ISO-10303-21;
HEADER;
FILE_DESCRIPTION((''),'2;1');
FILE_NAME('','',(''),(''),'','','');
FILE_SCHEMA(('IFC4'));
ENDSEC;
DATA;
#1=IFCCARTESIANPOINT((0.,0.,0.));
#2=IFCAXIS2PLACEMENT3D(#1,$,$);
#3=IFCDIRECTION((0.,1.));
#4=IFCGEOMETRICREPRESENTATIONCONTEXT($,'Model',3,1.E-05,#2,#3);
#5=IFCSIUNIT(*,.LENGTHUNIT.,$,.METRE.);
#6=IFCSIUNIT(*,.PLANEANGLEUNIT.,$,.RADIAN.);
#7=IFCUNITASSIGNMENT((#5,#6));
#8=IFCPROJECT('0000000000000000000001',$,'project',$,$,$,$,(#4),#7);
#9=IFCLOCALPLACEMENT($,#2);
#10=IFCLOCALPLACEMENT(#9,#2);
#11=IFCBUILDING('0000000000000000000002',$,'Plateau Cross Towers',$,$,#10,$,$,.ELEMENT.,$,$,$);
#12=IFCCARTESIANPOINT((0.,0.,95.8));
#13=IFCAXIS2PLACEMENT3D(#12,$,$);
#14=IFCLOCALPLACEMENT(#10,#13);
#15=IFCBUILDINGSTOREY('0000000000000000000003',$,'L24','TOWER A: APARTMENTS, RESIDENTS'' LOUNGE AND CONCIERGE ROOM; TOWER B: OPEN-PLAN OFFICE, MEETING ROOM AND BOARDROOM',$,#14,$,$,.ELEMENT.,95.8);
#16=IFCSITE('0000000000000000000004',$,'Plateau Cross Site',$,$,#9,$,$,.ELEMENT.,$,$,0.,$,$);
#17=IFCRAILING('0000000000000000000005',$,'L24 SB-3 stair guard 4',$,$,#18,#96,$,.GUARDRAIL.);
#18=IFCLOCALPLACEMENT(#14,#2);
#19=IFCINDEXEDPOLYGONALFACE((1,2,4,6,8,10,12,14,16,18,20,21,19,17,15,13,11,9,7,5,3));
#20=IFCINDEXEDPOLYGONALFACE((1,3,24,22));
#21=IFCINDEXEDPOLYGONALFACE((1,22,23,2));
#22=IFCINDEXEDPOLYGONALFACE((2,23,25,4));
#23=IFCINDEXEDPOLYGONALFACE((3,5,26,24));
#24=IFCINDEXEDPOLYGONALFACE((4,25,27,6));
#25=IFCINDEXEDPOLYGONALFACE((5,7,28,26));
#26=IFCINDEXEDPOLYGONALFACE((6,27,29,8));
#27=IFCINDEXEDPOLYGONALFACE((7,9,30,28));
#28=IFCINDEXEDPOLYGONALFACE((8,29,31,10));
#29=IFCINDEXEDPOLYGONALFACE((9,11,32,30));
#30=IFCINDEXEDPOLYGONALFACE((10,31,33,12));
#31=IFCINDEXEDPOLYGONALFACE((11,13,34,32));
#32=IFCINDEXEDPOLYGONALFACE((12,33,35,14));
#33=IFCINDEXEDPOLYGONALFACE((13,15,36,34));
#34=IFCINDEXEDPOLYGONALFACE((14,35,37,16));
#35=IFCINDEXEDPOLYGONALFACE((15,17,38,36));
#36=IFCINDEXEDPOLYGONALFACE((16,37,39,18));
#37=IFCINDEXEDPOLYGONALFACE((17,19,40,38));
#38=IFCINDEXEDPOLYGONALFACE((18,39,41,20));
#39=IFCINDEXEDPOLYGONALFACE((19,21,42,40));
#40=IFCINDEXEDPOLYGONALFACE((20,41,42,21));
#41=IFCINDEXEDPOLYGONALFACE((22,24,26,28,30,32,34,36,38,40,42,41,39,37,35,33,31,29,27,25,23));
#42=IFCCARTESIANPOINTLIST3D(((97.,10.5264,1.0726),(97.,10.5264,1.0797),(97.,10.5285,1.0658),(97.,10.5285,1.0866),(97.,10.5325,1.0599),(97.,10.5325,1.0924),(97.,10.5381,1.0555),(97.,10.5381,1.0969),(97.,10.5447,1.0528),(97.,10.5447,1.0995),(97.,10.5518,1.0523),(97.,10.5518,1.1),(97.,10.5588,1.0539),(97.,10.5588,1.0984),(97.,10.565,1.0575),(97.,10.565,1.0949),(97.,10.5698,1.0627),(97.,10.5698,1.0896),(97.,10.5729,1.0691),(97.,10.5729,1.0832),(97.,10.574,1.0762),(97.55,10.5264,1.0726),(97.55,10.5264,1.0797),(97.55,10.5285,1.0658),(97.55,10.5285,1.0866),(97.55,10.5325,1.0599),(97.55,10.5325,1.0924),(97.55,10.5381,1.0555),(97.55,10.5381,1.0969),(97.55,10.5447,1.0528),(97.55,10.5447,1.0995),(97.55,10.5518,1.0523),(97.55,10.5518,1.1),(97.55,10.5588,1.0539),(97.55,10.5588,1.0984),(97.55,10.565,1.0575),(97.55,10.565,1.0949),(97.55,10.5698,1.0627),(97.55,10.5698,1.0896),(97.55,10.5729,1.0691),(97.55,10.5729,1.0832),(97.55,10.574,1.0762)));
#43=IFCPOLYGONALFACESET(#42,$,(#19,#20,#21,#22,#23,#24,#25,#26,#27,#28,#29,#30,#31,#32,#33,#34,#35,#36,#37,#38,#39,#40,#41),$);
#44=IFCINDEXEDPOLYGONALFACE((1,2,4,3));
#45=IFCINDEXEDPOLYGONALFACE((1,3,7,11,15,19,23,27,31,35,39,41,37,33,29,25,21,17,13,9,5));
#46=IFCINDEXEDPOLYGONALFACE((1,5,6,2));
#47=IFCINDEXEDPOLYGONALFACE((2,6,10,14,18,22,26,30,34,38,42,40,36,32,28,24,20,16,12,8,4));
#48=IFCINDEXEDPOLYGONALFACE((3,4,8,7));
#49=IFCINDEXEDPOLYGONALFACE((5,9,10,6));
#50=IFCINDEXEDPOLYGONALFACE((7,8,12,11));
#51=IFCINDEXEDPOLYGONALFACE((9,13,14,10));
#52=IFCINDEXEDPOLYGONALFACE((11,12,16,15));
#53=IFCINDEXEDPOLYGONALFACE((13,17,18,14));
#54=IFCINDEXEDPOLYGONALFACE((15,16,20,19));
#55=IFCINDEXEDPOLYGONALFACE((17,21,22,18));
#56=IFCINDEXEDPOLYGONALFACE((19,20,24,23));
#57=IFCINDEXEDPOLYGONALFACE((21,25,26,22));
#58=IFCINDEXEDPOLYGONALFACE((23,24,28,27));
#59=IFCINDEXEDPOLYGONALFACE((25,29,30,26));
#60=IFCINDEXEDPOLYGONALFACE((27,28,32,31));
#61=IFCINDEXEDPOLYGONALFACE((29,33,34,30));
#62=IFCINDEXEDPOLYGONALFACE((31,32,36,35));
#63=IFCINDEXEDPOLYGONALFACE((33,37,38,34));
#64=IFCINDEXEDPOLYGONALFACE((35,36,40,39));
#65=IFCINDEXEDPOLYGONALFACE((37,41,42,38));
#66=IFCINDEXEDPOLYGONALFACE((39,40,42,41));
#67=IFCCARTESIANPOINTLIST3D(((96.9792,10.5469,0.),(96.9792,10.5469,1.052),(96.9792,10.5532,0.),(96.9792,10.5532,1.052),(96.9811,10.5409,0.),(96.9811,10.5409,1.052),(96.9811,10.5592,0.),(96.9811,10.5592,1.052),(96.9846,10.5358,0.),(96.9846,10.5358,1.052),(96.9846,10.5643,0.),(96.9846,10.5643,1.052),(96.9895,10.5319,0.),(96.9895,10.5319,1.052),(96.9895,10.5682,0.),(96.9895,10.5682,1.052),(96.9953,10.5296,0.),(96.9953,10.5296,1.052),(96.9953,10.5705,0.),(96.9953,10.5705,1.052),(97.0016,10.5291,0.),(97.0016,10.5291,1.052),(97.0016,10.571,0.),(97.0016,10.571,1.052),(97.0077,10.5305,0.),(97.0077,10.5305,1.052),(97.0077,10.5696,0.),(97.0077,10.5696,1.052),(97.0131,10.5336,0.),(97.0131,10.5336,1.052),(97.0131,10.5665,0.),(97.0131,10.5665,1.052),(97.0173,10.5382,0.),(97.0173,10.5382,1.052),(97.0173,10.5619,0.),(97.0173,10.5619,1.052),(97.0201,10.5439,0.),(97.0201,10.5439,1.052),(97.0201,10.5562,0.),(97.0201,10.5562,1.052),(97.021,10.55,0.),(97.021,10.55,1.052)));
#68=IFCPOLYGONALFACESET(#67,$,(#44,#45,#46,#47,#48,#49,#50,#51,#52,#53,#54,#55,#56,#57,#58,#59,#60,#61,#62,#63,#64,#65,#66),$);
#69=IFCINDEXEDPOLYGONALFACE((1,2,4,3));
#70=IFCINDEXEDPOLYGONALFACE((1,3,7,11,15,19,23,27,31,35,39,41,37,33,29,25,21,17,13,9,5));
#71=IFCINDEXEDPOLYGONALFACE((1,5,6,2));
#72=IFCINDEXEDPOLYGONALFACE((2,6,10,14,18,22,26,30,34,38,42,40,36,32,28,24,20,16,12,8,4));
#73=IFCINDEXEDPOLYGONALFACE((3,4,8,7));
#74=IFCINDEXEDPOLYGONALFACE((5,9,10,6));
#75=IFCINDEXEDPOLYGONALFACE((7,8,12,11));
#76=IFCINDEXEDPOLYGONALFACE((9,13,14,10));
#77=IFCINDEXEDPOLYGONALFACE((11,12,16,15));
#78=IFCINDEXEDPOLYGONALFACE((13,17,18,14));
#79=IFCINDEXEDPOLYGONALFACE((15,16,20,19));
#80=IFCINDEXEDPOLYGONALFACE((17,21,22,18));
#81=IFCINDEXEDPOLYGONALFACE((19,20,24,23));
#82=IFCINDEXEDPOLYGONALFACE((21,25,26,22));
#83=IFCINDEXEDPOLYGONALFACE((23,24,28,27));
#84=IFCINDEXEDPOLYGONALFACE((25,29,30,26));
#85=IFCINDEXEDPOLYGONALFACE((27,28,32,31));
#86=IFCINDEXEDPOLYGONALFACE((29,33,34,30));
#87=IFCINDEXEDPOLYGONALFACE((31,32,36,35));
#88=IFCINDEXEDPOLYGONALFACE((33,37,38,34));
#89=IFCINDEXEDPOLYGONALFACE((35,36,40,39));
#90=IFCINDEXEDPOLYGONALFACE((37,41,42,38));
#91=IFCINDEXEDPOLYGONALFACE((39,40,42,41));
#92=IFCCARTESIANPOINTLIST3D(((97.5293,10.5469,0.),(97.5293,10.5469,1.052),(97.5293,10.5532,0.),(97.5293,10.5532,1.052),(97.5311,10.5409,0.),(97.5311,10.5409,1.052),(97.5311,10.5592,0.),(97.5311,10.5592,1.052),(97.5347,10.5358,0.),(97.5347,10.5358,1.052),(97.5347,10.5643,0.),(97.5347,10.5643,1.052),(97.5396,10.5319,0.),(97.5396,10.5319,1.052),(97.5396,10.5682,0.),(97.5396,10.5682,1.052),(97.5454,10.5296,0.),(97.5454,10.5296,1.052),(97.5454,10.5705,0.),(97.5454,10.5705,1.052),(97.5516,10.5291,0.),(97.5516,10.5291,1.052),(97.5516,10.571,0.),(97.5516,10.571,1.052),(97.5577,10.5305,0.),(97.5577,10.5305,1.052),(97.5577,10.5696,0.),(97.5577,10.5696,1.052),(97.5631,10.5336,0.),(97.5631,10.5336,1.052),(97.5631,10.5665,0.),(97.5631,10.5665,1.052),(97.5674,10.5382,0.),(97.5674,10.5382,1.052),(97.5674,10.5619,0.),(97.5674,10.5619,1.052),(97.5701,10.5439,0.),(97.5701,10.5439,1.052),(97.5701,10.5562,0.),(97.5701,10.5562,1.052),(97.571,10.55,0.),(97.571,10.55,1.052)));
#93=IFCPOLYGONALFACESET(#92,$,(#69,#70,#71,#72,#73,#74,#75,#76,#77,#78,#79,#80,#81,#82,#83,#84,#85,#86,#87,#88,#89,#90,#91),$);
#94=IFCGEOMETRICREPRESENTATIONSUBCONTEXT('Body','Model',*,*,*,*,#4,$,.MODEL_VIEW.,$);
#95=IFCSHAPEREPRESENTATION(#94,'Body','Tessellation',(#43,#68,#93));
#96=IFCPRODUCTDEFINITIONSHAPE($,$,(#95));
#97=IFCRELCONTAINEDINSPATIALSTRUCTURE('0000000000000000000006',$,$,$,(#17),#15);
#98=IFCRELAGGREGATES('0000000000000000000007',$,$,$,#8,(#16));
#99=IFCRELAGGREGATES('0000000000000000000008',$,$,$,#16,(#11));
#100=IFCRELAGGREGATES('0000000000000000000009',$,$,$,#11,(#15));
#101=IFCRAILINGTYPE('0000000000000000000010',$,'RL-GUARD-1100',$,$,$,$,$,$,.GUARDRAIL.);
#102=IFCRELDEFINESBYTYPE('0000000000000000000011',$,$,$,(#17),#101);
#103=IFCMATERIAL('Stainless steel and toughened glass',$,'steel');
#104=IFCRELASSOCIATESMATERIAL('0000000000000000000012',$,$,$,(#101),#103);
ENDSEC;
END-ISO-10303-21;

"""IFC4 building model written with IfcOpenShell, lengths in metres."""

from ifc_helpers import new_model, si_unit, direction, frame, origin, origin_2d, place, context, subcontext, project, spatial, circle, extrude, material, type_object, element, save


model = new_model("IFC4")

# Units and contexts
model_context = context("Model", 3, precision=1e-05, world=origin(), true_north=direction((0.0, 1.0)))
body_context = subcontext(model_context, "Body", "Model", "MODEL_VIEW")
ifc_project = project(units=[si_unit("LENGTHUNIT", "METRE"), si_unit("PLANEANGLEUNIT", "RADIAN")], contexts=[model_context])

# Site, building, storey
site_placement = place(None, origin())
site = spatial("IfcSite", under=ifc_project, at=site_placement, Name="Plateau Cross Site", CompositionType="ELEMENT", RefElevation=0.0)
building_placement = place(site_placement, origin())
building = spatial("IfcBuilding", under=site, at=building_placement, Name="Plateau Cross Towers", CompositionType="ELEMENT")
storey_placement = place(building_placement, frame((0.0, 0.0, 95.8)))
storey = spatial("IfcBuildingStorey", under=building, at=storey_placement, Name="L24", Description="TOWER A: APARTMENTS, RESIDENTS' LOUNGE AND CONCIERGE ROOM; TOWER B: OPEN-PLAN OFFICE, MEETING ROOM AND BOARDROOM", CompositionType="ELEMENT", Elevation=95.8)

# Railing
ifc_material_1 = material(Name="Stainless steel and toughened glass", Category="steel")
railing_type_1 = type_object("IfcRailingType", Name="RL-GUARD-1100", PredefinedType="GUARDRAIL", material=ifc_material_1)
railing_1_placement = place(storey_placement, frame((97.0, 10.55, 0.0)))
element("IfcRailing", 1, at=railing_1_placement, inside=storey, type_object=railing_type_1, Name="L24 SB-3 stair guard 4", PredefinedType="GUARDRAIL", context=body_context, shape_type="SweptSolid", body=[
    extrude(circle(Radius=0.0239, at=origin_2d()), frame((0.0, 0.0, 1.0762), z_axis=(1.0, 0.0, 0.0), x_axis=(0.0, 1.0, 0.0)), (0.0, 0.0, 1.0), 0.55),
    extrude(circle(Radius=0.021, at=origin_2d()), origin(), (0.0, 0.0, 1.0), 1.052),
    extrude(circle(Radius=0.021, at=origin_2d()), frame((0.55, 0.0, 0.0)), (0.0, 0.0, 1.0), 1.052),
])

save(model, "model.ifc")
